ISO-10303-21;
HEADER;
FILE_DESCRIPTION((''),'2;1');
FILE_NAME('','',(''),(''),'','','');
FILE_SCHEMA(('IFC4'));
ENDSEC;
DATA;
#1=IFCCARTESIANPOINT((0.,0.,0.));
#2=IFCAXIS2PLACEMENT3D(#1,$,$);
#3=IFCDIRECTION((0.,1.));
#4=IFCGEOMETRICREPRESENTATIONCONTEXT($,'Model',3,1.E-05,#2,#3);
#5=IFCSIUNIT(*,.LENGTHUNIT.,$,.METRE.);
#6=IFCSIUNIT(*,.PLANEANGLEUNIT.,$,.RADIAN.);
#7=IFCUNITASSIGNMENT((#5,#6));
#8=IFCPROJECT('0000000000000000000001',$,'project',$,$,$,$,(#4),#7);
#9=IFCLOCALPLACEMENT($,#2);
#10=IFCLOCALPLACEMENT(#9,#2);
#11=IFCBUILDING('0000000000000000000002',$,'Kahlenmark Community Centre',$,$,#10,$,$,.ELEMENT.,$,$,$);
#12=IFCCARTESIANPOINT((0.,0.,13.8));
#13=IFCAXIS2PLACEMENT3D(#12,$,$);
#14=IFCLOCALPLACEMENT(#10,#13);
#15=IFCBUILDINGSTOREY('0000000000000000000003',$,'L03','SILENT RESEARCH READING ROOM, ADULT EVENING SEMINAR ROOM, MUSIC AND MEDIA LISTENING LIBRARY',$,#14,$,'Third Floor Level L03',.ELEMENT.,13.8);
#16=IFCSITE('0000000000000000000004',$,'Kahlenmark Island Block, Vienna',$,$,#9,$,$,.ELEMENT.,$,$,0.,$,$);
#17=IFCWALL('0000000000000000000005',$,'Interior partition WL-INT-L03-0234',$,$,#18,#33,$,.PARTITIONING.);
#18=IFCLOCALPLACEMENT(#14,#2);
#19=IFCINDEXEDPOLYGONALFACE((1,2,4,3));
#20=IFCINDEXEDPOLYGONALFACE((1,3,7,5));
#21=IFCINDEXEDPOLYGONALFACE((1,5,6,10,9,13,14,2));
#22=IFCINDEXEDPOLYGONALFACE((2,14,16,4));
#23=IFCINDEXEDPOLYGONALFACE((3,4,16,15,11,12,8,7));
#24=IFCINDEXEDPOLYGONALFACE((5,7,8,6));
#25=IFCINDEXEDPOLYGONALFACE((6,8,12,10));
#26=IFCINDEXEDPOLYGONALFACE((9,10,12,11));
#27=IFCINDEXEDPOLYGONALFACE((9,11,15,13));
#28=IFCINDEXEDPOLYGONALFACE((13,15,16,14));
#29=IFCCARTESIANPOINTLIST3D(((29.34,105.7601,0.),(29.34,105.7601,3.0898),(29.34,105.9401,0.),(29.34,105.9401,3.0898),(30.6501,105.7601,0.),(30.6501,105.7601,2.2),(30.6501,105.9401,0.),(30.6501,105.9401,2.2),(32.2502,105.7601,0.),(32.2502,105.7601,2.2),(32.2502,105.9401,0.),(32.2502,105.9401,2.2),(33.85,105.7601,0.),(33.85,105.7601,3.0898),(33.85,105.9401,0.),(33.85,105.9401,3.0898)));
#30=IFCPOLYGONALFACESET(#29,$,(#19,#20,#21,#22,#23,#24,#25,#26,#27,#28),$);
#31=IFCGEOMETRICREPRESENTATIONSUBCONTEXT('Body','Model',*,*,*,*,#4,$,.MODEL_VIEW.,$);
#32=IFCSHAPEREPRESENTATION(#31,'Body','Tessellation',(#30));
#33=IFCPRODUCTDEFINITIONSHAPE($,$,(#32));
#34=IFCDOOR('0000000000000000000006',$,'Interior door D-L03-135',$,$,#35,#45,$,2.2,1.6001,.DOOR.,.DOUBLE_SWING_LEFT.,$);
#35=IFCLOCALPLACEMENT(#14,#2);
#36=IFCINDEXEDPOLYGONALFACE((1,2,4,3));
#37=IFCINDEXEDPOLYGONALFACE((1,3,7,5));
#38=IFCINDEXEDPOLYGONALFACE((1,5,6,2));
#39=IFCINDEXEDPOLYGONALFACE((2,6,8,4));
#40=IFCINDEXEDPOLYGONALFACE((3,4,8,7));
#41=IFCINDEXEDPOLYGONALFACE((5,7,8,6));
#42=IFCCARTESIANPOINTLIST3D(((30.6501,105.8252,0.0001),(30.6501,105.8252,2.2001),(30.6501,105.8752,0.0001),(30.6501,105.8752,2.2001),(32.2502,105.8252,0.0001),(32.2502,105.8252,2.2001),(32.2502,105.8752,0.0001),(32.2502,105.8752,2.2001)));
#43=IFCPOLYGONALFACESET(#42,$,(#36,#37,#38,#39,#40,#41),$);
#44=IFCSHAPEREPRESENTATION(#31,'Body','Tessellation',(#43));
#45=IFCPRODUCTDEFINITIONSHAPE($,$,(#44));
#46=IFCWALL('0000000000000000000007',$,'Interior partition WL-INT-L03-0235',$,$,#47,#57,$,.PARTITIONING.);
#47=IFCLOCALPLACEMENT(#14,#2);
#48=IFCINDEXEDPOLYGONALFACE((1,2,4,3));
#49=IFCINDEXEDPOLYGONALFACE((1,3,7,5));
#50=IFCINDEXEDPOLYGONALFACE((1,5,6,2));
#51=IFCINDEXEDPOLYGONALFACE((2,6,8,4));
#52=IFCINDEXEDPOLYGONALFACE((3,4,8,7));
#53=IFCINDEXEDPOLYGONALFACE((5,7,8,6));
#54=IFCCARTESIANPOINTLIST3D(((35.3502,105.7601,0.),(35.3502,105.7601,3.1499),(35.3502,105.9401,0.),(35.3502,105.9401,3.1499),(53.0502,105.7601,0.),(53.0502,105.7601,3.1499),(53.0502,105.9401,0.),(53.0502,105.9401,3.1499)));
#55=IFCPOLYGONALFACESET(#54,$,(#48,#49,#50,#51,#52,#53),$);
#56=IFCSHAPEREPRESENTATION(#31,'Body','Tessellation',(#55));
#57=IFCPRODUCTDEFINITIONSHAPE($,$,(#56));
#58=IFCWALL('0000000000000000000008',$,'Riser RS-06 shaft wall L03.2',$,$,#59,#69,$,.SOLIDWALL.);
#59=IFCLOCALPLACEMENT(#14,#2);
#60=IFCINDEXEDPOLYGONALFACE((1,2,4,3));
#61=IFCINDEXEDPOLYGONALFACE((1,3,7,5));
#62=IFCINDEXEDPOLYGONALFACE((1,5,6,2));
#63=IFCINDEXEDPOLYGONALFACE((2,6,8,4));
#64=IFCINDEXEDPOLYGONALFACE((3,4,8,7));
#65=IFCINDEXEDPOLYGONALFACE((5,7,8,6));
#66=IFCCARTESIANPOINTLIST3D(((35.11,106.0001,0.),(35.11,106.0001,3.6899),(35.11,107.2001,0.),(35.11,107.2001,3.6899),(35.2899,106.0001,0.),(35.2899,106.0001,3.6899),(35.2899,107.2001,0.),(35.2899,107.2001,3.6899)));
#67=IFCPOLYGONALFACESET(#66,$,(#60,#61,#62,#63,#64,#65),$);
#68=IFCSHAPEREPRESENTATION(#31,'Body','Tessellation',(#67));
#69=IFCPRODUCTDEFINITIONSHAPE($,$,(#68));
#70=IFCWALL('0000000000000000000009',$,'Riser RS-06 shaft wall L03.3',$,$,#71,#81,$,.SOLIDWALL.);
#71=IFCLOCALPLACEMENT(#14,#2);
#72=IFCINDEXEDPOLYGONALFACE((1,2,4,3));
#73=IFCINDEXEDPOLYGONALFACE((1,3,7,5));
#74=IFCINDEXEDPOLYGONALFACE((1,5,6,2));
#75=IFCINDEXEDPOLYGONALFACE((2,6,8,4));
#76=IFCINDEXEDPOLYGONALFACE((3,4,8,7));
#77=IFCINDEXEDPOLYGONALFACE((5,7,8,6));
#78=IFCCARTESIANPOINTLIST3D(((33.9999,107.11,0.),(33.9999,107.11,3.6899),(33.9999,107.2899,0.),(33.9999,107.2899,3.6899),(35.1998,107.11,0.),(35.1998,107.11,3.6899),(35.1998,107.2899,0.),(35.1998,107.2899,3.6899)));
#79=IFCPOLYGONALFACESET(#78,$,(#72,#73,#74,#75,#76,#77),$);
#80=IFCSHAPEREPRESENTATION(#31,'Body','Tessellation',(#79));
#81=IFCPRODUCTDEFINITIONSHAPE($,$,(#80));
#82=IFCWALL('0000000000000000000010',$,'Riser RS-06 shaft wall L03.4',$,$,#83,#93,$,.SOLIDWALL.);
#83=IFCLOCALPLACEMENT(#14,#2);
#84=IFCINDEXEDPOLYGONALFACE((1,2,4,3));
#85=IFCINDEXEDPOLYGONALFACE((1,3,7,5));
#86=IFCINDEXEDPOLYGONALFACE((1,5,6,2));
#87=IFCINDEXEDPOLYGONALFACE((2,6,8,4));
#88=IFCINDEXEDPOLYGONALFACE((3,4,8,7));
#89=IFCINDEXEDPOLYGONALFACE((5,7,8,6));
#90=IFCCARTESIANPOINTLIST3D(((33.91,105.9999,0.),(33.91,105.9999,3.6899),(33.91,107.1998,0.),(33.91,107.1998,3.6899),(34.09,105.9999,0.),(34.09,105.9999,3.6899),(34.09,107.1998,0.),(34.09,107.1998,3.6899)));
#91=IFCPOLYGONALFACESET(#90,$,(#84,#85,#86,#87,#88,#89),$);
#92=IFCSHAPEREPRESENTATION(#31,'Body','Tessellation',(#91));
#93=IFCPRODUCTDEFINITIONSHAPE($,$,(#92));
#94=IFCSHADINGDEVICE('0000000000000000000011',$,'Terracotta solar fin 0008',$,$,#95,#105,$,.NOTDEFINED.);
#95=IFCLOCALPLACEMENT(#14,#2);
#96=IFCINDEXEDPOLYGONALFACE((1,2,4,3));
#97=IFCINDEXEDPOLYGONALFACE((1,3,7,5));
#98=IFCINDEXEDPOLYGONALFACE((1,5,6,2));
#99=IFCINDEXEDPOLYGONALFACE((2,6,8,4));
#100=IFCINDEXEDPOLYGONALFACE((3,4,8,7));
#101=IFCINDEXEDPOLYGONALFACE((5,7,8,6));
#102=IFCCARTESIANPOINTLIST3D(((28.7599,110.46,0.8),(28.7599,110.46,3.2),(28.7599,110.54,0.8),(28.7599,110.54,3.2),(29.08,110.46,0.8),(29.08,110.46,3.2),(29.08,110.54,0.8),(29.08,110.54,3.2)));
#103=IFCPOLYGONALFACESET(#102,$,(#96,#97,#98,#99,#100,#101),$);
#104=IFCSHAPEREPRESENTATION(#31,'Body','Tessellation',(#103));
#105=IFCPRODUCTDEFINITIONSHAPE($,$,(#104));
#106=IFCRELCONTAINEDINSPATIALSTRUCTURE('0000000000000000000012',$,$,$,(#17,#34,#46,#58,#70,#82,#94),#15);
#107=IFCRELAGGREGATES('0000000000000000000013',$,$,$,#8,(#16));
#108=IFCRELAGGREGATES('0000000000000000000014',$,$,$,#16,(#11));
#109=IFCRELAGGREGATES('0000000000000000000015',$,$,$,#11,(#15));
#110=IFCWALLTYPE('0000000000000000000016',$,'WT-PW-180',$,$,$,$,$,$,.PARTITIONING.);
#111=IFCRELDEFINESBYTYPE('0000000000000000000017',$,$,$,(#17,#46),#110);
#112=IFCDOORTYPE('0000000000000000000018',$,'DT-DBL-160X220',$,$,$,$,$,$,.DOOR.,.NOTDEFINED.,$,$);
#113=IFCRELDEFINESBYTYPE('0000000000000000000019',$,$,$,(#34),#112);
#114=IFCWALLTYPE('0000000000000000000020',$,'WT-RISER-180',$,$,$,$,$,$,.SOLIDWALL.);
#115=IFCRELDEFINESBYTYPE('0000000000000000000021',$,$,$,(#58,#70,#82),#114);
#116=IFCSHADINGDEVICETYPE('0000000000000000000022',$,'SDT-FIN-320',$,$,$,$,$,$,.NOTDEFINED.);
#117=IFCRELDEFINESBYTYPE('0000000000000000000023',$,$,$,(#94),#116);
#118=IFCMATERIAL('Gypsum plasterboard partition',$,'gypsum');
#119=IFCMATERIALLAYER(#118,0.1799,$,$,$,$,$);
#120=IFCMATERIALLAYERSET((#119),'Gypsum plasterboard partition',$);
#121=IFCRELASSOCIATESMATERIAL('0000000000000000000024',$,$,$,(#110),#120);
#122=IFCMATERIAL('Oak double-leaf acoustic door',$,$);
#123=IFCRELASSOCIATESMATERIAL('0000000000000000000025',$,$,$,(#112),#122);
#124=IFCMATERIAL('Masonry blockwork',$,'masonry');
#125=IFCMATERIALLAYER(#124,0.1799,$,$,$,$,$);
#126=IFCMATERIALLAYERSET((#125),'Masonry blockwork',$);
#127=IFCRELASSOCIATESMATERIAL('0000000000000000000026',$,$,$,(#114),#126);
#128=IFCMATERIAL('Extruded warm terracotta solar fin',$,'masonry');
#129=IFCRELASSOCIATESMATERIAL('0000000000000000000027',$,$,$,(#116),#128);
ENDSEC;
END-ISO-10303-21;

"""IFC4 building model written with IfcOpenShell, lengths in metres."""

from ifc_helpers import new_model, si_unit, direction, frame, frame_2d, origin, origin_2d, place, context, subcontext, project, spatial, rectangle, extrude, material, layer, layer_set, type_object, element, fill, save


model = new_model("IFC4")

# Units and contexts
model_context = context("Model", 3, precision=1e-05, world=origin(), true_north=direction((0.0, 1.0)))
body_context = subcontext(model_context, "Body", "Model", "MODEL_VIEW")
ifc_project = project(units=[si_unit("LENGTHUNIT", "METRE"), si_unit("PLANEANGLEUNIT", "RADIAN")], contexts=[model_context])

# Site, building, storey
site_placement = place(None, origin())
site = spatial("IfcSite", under=ifc_project, at=site_placement, Name="Kahlenmark Island Block, Vienna", CompositionType="ELEMENT", RefElevation=0.0)
building_placement = place(site_placement, origin())
building = spatial("IfcBuilding", under=site, at=building_placement, Name="Kahlenmark Community Centre", CompositionType="ELEMENT")
storey_placement = place(building_placement, frame((0.0, 0.0, 13.8)))
storey = spatial("IfcBuildingStorey", under=building, at=storey_placement, Name="L03", Description="SILENT RESEARCH READING ROOM, ADULT EVENING SEMINAR ROOM, MUSIC AND MEDIA LISTENING LIBRARY", LongName="Third Floor Level L03", CompositionType="ELEMENT", Elevation=13.8)

# Wall, opening, door
ifc_material_1 = material(Name="Gypsum plasterboard partition", Category="gypsum")
ifc_layer_1 = layer(ifc_material_1, 0.1799)
ifc_layer_set_1 = layer_set([ifc_layer_1], Name="Gypsum plasterboard partition")
wall_type_1 = type_object("IfcWallType", Name="WT-PW-180", PredefinedType="PARTITIONING", material=ifc_layer_set_1)
wall_1_placement = place(storey_placement, frame((29.3401, 105.8501, 0.0), z_axis=(0.0, 0.0, 1.0), x_axis=(1.0, 0.0, 0.0)))
wall_1 = element("IfcWall", 1, at=wall_1_placement, inside=storey, type_object=wall_type_1, Name="Interior partition WL-INT-L03-0234", PredefinedType="PARTITIONING", context=body_context, shape_type="SweptSolid", body=[
    extrude(rectangle(XDim=4.51, YDim=0.1799, at=frame_2d((2.2549, 0.0))), origin(), (0.0, 0.0, 1.0), 3.0898),
])
opening_1_placement = place(wall_1_placement, frame((1.3101, 0.0, -0.01)))
opening_1 = element("IfcOpeningElement", 2, at=opening_1_placement, cuts=wall_1, PredefinedType="OPENING", context=body_context, shape_type="SweptSolid", body=[
    extrude(rectangle(XDim=1.6001, YDim=2.21, at=frame_2d((0.8, 1.105))), frame((0.0, 0.0999, 0.0), z_axis=(0.0, -1.0, 0.0), x_axis=(1.0, 0.0, 0.0)), (0.0, 0.0, 1.0), 0.2),
])
ifc_material_2 = material(Name="Oak double-leaf acoustic door")
door_type_1 = type_object("IfcDoorType", Name="DT-DBL-160X220", OperationType="NOTDEFINED", PredefinedType="DOOR", material=ifc_material_2)
door_1_placement = place(opening_1_placement, frame((1.6001, 0.0, 0.01), z_axis=(0.0, 0.0, 1.0), x_axis=(-1.0, 0.0, 0.0)))
door_1 = element("IfcDoor", 3, at=door_1_placement, inside=storey, type_object=door_type_1, Name="Interior door D-L03-135", OperationType="DOUBLE_SWING_LEFT", OverallHeight=2.2, OverallWidth=1.6001, PredefinedType="DOOR", context=body_context, shape_type="SweptSolid", body=[
    extrude(rectangle(XDim=1.6001, YDim=2.2, at=frame_2d((0.8, 1.1001))), frame((0.0, 0.0249, 0.0), z_axis=(0.0, -1.0, 0.0), x_axis=(1.0, 0.0, 0.0)), (0.0, 0.0, 1.0), 0.05),
])
fill(opening_1, door_1)

# Wall
wall_2_placement = place(storey_placement, frame((35.3501, 105.8501, 0.0), z_axis=(0.0, 0.0, 1.0), x_axis=(1.0, 0.0, 0.0)))
element("IfcWall", 4, at=wall_2_placement, inside=storey, type_object=wall_type_1, Name="Interior partition WL-INT-L03-0235", PredefinedType="PARTITIONING", context=body_context, shape_type="SweptSolid", body=[
    extrude(rectangle(XDim=17.7, YDim=0.1799, at=frame_2d((8.8501, 0.0))), origin(), (0.0, 0.0, 1.0), 3.1499),
])

# Shared definitions
ifc_material_3 = material(Name="Masonry blockwork", Category="masonry")
ifc_layer_2 = layer(ifc_material_3, 0.1799)
ifc_layer_set_2 = layer_set([ifc_layer_2], Name="Masonry blockwork")
wall_type_2 = type_object("IfcWallType", Name="WT-RISER-180", PredefinedType="SOLIDWALL", material=ifc_layer_set_2)

# Walls
for number, where, z_axis, x_axis, name in (
    (5, (35.2, 106.0, 0.0), (0.0, 0.0, 1.0), (0.0, 1.0, 0.0), "Riser RS-06 shaft wall L03.2"),
    (6, (35.2, 107.2, 0.0), (0.0, 0.0, 1.0), (-1.0, 0.0, 0.0), "Riser RS-06 shaft wall L03.3"),
    (7, (34.0, 107.2, 0.0), (0.0, 0.0, 1.0), (0.0, -1.0, 0.0), "Riser RS-06 shaft wall L03.4"),
):
    element("IfcWall", number, at=place(storey_placement, frame(where, z_axis=z_axis, x_axis=x_axis)), inside=storey, type_object=wall_type_2, Name=name, PredefinedType="SOLIDWALL", context=body_context, shape_type="SweptSolid", body=[
        extrude(rectangle(XDim=1.2, YDim=0.1799, at=frame_2d((0.6001, 0.0))), origin(), (0.0, 0.0, 1.0), 3.6899),
    ])

# Shading device
ifc_material_4 = material(Name="Extruded warm terracotta solar fin", Category="masonry")
shading_device_type = type_object("IfcShadingDeviceType", Name="SDT-FIN-320", PredefinedType="NOTDEFINED", material=ifc_material_4)
shading_device_placement = place(storey_placement, frame((28.9199, 110.5, 0.8), z_axis=(0.0, 0.0, 1.0), x_axis=(0.0, -1.0, 0.0)))
element("IfcShadingDevice", 8, at=shading_device_placement, inside=storey, type_object=shading_device_type, Name="Terracotta solar fin 0008", PredefinedType="NOTDEFINED", context=body_context, shape_type="SweptSolid", body=[
    extrude(rectangle(XDim=0.0801, YDim=0.3201, at=origin_2d()), origin(), (0.0, 0.0, 1.0), 2.3999),
])

save(model, "model.ifc")
